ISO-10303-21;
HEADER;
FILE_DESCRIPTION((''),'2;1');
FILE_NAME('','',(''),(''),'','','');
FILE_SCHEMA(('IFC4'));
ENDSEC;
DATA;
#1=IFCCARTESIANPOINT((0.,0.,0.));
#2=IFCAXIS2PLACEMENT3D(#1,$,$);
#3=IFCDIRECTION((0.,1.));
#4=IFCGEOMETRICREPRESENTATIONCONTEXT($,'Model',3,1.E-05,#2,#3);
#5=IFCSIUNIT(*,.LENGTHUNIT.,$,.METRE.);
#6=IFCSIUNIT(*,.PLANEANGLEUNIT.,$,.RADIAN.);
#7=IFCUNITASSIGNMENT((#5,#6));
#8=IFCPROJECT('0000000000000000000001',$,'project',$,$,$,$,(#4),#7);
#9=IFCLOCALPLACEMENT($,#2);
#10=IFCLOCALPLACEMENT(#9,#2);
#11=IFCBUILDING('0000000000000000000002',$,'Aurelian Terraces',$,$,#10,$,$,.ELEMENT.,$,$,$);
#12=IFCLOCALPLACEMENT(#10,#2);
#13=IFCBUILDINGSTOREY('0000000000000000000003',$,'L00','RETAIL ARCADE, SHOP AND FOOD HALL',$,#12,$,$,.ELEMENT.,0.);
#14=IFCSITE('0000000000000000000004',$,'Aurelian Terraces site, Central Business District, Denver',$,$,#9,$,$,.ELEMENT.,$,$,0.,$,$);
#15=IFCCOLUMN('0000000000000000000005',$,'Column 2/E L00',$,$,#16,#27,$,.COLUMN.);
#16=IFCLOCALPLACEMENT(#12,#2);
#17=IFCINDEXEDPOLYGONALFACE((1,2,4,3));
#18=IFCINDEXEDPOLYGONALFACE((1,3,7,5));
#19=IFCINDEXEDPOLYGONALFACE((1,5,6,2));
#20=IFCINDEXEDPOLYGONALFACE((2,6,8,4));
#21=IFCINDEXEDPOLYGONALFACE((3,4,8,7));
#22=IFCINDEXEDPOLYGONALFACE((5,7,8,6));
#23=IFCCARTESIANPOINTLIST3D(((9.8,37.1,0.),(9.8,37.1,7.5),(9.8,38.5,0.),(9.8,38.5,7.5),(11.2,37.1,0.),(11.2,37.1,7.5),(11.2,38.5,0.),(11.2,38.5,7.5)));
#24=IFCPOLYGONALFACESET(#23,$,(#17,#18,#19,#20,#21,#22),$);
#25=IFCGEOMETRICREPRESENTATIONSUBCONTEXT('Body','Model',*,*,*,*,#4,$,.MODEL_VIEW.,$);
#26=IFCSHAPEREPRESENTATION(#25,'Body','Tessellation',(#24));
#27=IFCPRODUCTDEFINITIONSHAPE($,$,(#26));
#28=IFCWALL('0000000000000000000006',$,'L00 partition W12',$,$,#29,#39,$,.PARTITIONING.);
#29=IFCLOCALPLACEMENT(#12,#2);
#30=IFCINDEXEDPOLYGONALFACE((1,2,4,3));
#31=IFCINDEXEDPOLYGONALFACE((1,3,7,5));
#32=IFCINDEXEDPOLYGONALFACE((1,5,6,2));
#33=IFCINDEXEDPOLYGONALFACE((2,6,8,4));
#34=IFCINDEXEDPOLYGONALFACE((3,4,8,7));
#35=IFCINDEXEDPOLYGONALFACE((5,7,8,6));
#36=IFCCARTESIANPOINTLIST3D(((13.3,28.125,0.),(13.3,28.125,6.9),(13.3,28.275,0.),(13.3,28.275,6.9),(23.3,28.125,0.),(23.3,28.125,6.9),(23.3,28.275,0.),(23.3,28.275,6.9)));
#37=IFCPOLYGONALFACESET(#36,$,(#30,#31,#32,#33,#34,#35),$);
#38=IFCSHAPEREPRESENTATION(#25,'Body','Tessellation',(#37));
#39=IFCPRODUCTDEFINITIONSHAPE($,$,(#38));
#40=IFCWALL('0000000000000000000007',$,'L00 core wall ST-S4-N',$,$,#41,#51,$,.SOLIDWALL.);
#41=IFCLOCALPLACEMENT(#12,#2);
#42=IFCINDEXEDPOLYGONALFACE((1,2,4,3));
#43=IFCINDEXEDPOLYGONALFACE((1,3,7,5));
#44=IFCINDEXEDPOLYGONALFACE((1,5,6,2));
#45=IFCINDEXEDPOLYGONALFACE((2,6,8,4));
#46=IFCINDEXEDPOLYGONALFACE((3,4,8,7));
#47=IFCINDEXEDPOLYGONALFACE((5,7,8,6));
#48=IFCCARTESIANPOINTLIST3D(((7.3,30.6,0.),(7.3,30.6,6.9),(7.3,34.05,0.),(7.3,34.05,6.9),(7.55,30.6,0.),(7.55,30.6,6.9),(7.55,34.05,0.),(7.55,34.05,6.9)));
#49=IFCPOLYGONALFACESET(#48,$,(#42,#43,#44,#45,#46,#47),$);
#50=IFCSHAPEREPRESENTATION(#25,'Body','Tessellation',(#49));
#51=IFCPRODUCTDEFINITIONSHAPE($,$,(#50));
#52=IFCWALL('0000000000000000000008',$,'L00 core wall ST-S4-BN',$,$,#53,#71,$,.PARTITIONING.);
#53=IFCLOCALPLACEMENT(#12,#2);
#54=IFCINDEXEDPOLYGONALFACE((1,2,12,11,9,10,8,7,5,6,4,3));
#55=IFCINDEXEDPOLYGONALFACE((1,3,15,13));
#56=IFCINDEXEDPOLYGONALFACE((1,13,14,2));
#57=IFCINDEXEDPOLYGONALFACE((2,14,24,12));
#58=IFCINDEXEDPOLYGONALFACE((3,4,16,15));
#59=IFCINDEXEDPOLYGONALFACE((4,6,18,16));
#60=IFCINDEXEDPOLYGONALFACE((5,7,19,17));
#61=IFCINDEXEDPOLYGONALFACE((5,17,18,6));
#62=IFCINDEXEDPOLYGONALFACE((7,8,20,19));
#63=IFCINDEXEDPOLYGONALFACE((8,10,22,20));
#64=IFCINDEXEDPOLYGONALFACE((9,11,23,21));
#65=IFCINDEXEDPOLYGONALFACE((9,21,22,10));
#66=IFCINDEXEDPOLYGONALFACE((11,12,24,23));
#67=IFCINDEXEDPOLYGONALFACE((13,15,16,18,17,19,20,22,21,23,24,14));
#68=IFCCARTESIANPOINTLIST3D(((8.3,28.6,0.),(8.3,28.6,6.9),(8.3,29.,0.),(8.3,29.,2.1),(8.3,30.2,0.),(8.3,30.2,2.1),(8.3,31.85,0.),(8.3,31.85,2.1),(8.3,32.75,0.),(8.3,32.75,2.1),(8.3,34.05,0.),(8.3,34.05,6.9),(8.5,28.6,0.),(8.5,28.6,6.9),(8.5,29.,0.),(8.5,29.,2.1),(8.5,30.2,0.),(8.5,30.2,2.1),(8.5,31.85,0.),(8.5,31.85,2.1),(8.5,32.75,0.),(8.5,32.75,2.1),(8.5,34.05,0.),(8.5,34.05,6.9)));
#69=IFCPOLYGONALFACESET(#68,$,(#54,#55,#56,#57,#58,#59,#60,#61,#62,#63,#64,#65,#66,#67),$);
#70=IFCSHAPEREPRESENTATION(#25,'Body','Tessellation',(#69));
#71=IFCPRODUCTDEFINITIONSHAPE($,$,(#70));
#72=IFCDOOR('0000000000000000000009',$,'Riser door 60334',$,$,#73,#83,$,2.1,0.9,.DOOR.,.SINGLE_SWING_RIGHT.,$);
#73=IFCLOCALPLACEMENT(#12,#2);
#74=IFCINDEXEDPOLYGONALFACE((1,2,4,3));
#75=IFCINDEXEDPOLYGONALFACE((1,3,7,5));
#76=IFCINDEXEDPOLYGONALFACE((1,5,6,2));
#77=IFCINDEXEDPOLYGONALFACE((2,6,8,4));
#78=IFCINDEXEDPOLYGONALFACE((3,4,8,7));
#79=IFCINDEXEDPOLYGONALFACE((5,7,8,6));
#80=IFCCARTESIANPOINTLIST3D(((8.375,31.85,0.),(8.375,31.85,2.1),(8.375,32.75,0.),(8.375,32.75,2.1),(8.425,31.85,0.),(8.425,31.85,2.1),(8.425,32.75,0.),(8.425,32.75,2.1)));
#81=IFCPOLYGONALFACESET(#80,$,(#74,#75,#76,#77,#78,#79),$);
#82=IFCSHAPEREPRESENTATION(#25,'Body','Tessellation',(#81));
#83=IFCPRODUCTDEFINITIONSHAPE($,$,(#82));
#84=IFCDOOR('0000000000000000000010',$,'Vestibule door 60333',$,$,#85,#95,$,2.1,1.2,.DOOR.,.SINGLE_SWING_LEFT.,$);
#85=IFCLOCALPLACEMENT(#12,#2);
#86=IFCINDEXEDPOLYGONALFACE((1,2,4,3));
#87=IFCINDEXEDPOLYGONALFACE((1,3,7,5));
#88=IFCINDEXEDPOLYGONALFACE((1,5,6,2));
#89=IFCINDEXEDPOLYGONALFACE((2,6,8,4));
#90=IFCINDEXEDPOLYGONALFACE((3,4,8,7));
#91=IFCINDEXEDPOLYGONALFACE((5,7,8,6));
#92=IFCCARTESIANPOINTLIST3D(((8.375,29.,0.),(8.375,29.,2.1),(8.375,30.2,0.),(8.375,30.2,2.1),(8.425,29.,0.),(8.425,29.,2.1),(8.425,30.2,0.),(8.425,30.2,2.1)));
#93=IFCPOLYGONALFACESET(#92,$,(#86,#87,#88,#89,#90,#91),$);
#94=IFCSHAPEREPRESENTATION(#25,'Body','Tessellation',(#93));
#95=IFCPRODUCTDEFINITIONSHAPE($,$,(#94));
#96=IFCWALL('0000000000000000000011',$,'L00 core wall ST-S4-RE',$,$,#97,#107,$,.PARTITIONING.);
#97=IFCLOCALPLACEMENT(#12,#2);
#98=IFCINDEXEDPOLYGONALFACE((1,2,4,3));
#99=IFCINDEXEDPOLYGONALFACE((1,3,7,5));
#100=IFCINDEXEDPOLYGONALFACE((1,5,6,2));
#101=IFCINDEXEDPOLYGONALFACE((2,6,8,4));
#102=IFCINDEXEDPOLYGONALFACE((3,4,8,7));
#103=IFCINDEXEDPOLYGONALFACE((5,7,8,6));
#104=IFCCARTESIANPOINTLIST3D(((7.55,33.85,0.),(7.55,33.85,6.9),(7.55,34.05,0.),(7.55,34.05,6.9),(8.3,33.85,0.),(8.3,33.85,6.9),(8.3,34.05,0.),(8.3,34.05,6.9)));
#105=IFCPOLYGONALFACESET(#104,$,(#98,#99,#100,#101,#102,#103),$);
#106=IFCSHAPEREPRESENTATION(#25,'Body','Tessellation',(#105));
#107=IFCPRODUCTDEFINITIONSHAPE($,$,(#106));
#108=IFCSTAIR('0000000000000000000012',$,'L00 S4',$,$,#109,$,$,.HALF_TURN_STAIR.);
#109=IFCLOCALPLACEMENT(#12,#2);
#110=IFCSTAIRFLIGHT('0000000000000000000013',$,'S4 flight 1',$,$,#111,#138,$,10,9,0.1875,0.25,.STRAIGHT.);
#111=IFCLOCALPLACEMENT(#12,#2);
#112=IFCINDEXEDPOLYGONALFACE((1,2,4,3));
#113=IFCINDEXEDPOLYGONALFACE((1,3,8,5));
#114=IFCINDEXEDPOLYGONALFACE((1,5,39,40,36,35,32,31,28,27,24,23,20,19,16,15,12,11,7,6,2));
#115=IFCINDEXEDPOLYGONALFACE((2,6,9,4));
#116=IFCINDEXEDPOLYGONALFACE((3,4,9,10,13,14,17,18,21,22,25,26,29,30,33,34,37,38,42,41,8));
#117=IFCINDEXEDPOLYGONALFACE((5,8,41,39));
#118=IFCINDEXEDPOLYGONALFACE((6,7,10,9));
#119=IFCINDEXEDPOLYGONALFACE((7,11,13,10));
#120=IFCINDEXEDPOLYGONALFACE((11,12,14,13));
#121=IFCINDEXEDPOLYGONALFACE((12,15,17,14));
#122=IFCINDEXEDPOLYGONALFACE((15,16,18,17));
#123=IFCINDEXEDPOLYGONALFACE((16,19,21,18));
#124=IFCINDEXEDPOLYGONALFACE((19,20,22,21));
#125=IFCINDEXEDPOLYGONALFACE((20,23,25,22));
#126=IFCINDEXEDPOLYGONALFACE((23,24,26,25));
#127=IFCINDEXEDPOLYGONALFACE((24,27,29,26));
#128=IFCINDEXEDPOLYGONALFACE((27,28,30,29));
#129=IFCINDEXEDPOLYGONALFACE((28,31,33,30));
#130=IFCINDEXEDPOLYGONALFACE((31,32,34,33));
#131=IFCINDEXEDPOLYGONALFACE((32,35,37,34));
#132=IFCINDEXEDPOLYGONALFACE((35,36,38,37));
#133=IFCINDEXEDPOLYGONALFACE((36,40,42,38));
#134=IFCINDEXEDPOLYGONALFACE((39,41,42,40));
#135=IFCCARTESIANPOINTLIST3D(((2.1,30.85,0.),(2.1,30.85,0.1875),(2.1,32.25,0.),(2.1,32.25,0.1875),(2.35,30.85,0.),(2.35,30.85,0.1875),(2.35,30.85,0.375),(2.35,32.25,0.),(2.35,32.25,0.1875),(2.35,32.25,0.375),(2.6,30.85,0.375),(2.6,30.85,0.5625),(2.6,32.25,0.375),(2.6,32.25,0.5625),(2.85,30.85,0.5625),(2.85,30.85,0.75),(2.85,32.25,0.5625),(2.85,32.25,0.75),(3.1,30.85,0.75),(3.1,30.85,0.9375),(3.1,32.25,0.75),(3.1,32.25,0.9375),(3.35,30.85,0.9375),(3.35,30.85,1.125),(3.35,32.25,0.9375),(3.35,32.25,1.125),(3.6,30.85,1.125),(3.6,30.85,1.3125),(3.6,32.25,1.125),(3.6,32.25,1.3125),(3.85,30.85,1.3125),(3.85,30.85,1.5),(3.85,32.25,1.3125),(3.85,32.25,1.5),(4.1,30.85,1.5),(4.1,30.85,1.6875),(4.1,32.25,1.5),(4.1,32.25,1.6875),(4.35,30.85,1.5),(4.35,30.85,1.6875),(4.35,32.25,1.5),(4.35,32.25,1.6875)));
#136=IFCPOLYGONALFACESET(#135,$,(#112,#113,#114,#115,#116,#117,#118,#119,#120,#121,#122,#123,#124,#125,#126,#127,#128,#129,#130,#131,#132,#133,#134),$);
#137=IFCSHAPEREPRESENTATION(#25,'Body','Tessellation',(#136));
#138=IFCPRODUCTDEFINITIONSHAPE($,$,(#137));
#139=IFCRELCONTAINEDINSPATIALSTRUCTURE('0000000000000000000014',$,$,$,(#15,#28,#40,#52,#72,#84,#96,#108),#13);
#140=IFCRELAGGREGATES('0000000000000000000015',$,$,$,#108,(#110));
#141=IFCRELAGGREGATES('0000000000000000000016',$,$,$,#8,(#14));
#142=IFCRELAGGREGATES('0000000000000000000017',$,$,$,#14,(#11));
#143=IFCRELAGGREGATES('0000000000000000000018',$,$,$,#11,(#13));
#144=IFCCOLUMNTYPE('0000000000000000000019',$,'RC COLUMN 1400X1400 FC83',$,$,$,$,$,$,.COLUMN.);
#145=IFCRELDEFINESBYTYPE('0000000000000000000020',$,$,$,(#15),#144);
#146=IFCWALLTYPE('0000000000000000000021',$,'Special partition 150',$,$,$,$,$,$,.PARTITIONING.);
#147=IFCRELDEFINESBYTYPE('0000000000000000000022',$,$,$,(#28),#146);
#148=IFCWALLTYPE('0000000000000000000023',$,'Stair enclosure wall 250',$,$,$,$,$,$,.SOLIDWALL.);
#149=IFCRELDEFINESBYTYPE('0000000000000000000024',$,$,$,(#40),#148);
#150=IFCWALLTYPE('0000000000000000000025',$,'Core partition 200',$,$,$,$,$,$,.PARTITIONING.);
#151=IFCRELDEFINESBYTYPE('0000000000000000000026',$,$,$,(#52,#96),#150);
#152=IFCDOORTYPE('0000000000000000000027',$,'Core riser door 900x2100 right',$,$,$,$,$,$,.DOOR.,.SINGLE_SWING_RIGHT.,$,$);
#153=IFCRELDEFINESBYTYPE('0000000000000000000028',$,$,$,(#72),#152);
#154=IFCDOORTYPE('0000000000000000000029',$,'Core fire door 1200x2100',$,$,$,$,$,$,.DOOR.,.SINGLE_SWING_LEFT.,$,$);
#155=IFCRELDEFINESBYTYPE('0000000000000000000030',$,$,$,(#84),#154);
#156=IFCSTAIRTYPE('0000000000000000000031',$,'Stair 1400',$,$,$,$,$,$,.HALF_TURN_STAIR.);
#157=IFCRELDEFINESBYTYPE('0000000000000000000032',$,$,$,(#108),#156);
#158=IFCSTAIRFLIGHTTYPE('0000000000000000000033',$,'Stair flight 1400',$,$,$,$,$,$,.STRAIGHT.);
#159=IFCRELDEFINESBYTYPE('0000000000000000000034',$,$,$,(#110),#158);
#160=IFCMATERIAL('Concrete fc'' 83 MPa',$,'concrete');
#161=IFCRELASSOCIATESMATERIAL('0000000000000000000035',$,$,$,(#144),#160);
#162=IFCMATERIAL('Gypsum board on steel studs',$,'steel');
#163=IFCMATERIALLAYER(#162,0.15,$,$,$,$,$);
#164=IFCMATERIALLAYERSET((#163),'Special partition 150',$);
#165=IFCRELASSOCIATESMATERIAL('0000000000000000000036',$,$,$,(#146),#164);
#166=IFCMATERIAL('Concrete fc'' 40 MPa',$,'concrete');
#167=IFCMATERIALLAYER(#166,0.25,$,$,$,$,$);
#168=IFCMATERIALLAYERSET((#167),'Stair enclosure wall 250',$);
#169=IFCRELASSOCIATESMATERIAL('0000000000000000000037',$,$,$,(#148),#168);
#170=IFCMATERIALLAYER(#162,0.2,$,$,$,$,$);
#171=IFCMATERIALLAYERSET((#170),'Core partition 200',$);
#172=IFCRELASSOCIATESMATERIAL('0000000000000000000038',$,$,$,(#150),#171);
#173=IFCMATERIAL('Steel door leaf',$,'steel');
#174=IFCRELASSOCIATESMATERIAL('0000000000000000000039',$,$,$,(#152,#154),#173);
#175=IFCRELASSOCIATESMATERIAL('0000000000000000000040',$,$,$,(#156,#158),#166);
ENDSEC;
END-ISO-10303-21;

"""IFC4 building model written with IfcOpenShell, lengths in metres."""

from ifc_helpers import new_model, si_unit, direction, frame, frame_2d, origin, origin_2d, place, context, subcontext, project, spatial, polyline, rectangle, outline, extrude, source, transform, mapped, material, layer, layer_set, material_profile, profile_set, type_object, element, fill, aggregate, save


model = new_model("IFC4")

# Units and contexts
model_context = context("Model", 3, precision=1e-05, world=origin(), true_north=direction((0.0, 1.0)))
body_context = subcontext(model_context, "Body", "Model", "MODEL_VIEW")
ifc_project = project(units=[si_unit("LENGTHUNIT", "METRE"), si_unit("PLANEANGLEUNIT", "RADIAN")], contexts=[model_context])

# Site, building, storey
site_placement = place(None, origin())
site = spatial("IfcSite", under=ifc_project, at=site_placement, Name="Aurelian Terraces site, Central Business District, Denver", CompositionType="ELEMENT", RefElevation=0.0)
building_placement = place(site_placement, origin())
building = spatial("IfcBuilding", under=site, at=building_placement, Name="Aurelian Terraces", CompositionType="ELEMENT")
storey_placement = place(building_placement, origin())
storey = spatial("IfcBuildingStorey", under=building, at=storey_placement, Name="L00", Description="RETAIL ARCADE, SHOP AND FOOD HALL", CompositionType="ELEMENT", Elevation=0.0)

# Column
ifc_material_1 = material(Name="Concrete fc' 83 MPa", Category="concrete")
ifc_material_profile = material_profile(ifc_material_1, rectangle(XDim=1.4, YDim=1.4, at=origin_2d()))
ifc_profile_set = profile_set([ifc_material_profile], Name="Concrete fc' 83 MPa")
column_type = type_object("IfcColumnType", Name="RC COLUMN 1400X1400 FC83", PredefinedType="COLUMN", material=ifc_profile_set)
shared_shape_1 = source(origin(), body_context, "Body", "SweptSolid", [
    extrude(rectangle(XDim=1.4, YDim=1.4, at=origin_2d()), origin(), (0.0, 0.0, 1.0), 7.5),
])
column_placement = place(storey_placement, frame((10.5, 37.8, 0.0), z_axis=(0.0, 0.0, 1.0), x_axis=(1.0, 0.0, 0.0)))
element("IfcColumn", 1, at=column_placement, inside=storey, type_object=column_type, Name="Column 2/E L00", PredefinedType="COLUMN", context=body_context, shape_type="MappedRepresentation", body=[
    mapped(shared_shape_1, transform((0.0, 0.0, 0.0), scale=1.0)),
])

# Walls
ifc_material_2 = material(Name="Gypsum board on steel studs", Category="steel")
ifc_layer_1 = layer(ifc_material_2, 0.15)
ifc_layer_set_1 = layer_set([ifc_layer_1], Name="Special partition 150")
wall_type_1 = type_object("IfcWallType", Name="Special partition 150", PredefinedType="PARTITIONING", material=ifc_layer_set_1)
wall_1_placement = place(storey_placement, frame((13.3, 28.2, 0.0), z_axis=(0.0, 0.0, 1.0), x_axis=(1.0, 0.0, 0.0)))
element("IfcWall", 2, at=wall_1_placement, inside=storey, type_object=wall_type_1, Name="L00 partition W12", PredefinedType="PARTITIONING", context=body_context, shape_type="SweptSolid", body=[
    extrude(rectangle(XDim=10.0, YDim=0.15, at=frame_2d((5.0, 0.0))), origin(), (0.0, 0.0, 1.0), 6.9),
])
ifc_material_3 = material(Name="Concrete fc' 40 MPa", Category="concrete")
ifc_layer_2 = layer(ifc_material_3, 0.25)
ifc_layer_set_2 = layer_set([ifc_layer_2], Name="Stair enclosure wall 250")
wall_type_2 = type_object("IfcWallType", Name="Stair enclosure wall 250", PredefinedType="SOLIDWALL", material=ifc_layer_set_2)
shared_shape_2 = source(origin(), body_context, "Body", "SweptSolid", [
    extrude(rectangle(XDim=3.45, YDim=0.25, at=frame_2d((1.725, 0.0))), origin(), (0.0, 0.0, 1.0), 6.9),
])
wall_2_placement = place(storey_placement, frame((7.425, 30.6, 0.0), z_axis=(0.0, 0.0, 1.0), x_axis=(0.0, 1.0, 0.0)))
element("IfcWall", 3, at=wall_2_placement, inside=storey, type_object=wall_type_2, Name="L00 core wall ST-S4-N", PredefinedType="SOLIDWALL", context=body_context, shape_type="MappedRepresentation", body=[
    mapped(shared_shape_2, transform((0.0, 0.0, 0.0), scale=1.0)),
])

# Wall, openings, doors
ifc_layer_3 = layer(ifc_material_2, 0.2)
ifc_layer_set_3 = layer_set([ifc_layer_3], Name="Core partition 200")
wall_type_3 = type_object("IfcWallType", Name="Core partition 200", PredefinedType="PARTITIONING", material=ifc_layer_set_3)
shared_shape_3 = source(origin(), body_context, "Body", "SweptSolid", [
    extrude(rectangle(XDim=5.45, YDim=0.2, at=frame_2d((2.725, 0.0))), origin(), (0.0, 0.0, 1.0), 6.9),
])
wall_3_placement = place(storey_placement, frame((8.4, 34.05, 0.0), z_axis=(0.0, 0.0, 1.0), x_axis=(0.0, -1.0, 0.0)))
wall_3 = element("IfcWall", 4, at=wall_3_placement, inside=storey, type_object=wall_type_3, Name="L00 core wall ST-S4-BN", PredefinedType="PARTITIONING", context=body_context, shape_type="MappedRepresentation", body=[
    mapped(shared_shape_3, transform((0.0, 0.0, 0.0), scale=1.0)),
])
shared_shape_4 = source(origin(), body_context, "Body", "SweptSolid", [
    extrude(rectangle(XDim=1.2, YDim=2.1, at=frame_2d((0.6, 1.05))), frame((0.0, 0.11, 0.0), z_axis=(0.0, -1.0, 0.0), x_axis=(1.0, 0.0, 0.0)), (0.0, 0.0, 1.0), 0.22),
])
opening_1_placement = place(wall_3_placement, frame((3.85, 0.0, 0.0)))
opening_1 = element("IfcOpeningElement", 5, at=opening_1_placement, cuts=wall_3, PredefinedType="OPENING", context=body_context, shape_type="MappedRepresentation", body=[
    mapped(shared_shape_4, transform((0.0, 0.0, 0.0), scale=1.0)),
])
shared_shape_5 = source(origin(), body_context, "Body", "SweptSolid", [
    extrude(rectangle(XDim=0.9, YDim=2.1, at=frame_2d((0.45, 1.05))), frame((0.0, 0.11, 0.0), z_axis=(0.0, -1.0, 0.0), x_axis=(1.0, 0.0, 0.0)), (0.0, 0.0, 1.0), 0.22),
])
opening_2_placement = place(wall_3_placement, frame((1.3, 0.0, 0.0)))
opening_2 = element("IfcOpeningElement", 6, at=opening_2_placement, cuts=wall_3, PredefinedType="OPENING", context=body_context, shape_type="MappedRepresentation", body=[
    mapped(shared_shape_5, transform((0.0, 0.0, 0.0), scale=1.0)),
])
ifc_material_4 = material(Name="Steel door leaf", Category="steel")
door_type_1 = type_object("IfcDoorType", Name="Core riser door 900x2100 right", OperationType="SINGLE_SWING_RIGHT", PredefinedType="DOOR", material=ifc_material_4)
shared_shape_6 = source(origin(), body_context, "Body", "SweptSolid", [
    extrude(rectangle(XDim=0.9, YDim=2.1, at=frame_2d((0.45, 1.05))), frame((0.0, 0.025, 0.0), z_axis=(0.0, -1.0, 0.0), x_axis=(1.0, 0.0, 0.0)), (0.0, 0.0, 1.0), 0.05),
])
door_1_placement = place(opening_2_placement, origin())
door_1 = element("IfcDoor", 7, at=door_1_placement, inside=storey, type_object=door_type_1, Name="Riser door 60334", OperationType="SINGLE_SWING_RIGHT", OverallHeight=2.1, OverallWidth=0.9, PredefinedType="DOOR", context=body_context, shape_type="MappedRepresentation", body=[
    mapped(shared_shape_6, transform((0.0, 0.0, 0.0), scale=1.0)),
])
fill(opening_2, door_1)
door_type_2 = type_object("IfcDoorType", Name="Core fire door 1200x2100", OperationType="SINGLE_SWING_LEFT", PredefinedType="DOOR", material=ifc_material_4)
shared_shape_7 = source(origin(), body_context, "Body", "SweptSolid", [
    extrude(rectangle(XDim=1.2, YDim=2.1, at=frame_2d((0.6, 1.05))), frame((0.0, 0.025, 0.0), z_axis=(0.0, -1.0, 0.0), x_axis=(1.0, 0.0, 0.0)), (0.0, 0.0, 1.0), 0.05),
])
door_2_placement = place(opening_1_placement, origin())
door_2 = element("IfcDoor", 8, at=door_2_placement, inside=storey, type_object=door_type_2, Name="Vestibule door 60333", OperationType="SINGLE_SWING_LEFT", OverallHeight=2.1, OverallWidth=1.2, PredefinedType="DOOR", context=body_context, shape_type="MappedRepresentation", body=[
    mapped(shared_shape_7, transform((0.0, 0.0, 0.0), scale=1.0)),
])
fill(opening_1, door_2)

# Wall
shared_shape_8 = source(origin(), body_context, "Body", "SweptSolid", [
    extrude(rectangle(XDim=0.75, YDim=0.2, at=frame_2d((0.375, 0.0))), origin(), (0.0, 0.0, 1.0), 6.9),
])
wall_4_placement = place(storey_placement, frame((7.55, 33.95, 0.0), z_axis=(0.0, 0.0, 1.0), x_axis=(1.0, 0.0, 0.0)))
element("IfcWall", 9, at=wall_4_placement, inside=storey, type_object=wall_type_3, Name="L00 core wall ST-S4-RE", PredefinedType="PARTITIONING", context=body_context, shape_type="MappedRepresentation", body=[
    mapped(shared_shape_8, transform((0.0, 0.0, 0.0), scale=1.0)),
])

# Stair, stair flight
stair_type = type_object("IfcStairType", Name="Stair 1400", PredefinedType="HALF_TURN_STAIR", material=ifc_material_3)
stair_placement = place(storey_placement, origin())
stair = element("IfcStair", 10, at=stair_placement, inside=storey, type_object=stair_type, Name="L00 S4", PredefinedType="HALF_TURN_STAIR")
stair_flight_type = type_object("IfcStairFlightType", Name="Stair flight 1400", PredefinedType="STRAIGHT", material=ifc_material_3)
shared_shape_9 = source(origin(), body_context, "Body", "SweptSolid", [
    extrude(outline(polyline([(0.0, 0.0), (0.0, 0.1875), (0.25, 0.1875), (0.25, 0.375), (0.5, 0.375), (0.5, 0.5625), (0.75, 0.5625), (0.75, 0.75), (1.0, 0.75), (1.0, 0.9375), (1.25, 0.9375), (1.25, 1.125), (1.5, 1.125), (1.5, 1.3125), (1.75, 1.3125), (1.75, 1.5), (2.0, 1.5), (2.0, 1.6875), (2.25, 1.6875), (2.25, 1.875), (2.25, 1.5), (0.25, 0.0), (0.0, 0.0)])), frame((0.0, 0.7, 0.0), z_axis=(0.0, -1.0, 0.0), x_axis=(1.0, 0.0, 0.0)), (0.0, 0.0, 1.0), 1.4),
])
stair_flight_1_placement = place(storey_placement, frame((2.1, 31.55, 0.0), z_axis=(0.0, 0.0, 1.0), x_axis=(1.0, 0.0, 0.0)))
stair_flight_1 = element("IfcStairFlight", 11, at=stair_flight_1_placement, type_object=stair_flight_type, Name="S4 flight 1", NumberOfRisers=10, NumberOfTreads=9, PredefinedType="STRAIGHT", RiserHeight=0.1875, TreadLength=0.25, context=body_context, shape_type="MappedRepresentation", body=[
    mapped(shared_shape_9, transform((0.0, 0.0, 0.0), scale=1.0)),
])
aggregate(stair, [stair_flight_1])

save(model, "model.ifc")
